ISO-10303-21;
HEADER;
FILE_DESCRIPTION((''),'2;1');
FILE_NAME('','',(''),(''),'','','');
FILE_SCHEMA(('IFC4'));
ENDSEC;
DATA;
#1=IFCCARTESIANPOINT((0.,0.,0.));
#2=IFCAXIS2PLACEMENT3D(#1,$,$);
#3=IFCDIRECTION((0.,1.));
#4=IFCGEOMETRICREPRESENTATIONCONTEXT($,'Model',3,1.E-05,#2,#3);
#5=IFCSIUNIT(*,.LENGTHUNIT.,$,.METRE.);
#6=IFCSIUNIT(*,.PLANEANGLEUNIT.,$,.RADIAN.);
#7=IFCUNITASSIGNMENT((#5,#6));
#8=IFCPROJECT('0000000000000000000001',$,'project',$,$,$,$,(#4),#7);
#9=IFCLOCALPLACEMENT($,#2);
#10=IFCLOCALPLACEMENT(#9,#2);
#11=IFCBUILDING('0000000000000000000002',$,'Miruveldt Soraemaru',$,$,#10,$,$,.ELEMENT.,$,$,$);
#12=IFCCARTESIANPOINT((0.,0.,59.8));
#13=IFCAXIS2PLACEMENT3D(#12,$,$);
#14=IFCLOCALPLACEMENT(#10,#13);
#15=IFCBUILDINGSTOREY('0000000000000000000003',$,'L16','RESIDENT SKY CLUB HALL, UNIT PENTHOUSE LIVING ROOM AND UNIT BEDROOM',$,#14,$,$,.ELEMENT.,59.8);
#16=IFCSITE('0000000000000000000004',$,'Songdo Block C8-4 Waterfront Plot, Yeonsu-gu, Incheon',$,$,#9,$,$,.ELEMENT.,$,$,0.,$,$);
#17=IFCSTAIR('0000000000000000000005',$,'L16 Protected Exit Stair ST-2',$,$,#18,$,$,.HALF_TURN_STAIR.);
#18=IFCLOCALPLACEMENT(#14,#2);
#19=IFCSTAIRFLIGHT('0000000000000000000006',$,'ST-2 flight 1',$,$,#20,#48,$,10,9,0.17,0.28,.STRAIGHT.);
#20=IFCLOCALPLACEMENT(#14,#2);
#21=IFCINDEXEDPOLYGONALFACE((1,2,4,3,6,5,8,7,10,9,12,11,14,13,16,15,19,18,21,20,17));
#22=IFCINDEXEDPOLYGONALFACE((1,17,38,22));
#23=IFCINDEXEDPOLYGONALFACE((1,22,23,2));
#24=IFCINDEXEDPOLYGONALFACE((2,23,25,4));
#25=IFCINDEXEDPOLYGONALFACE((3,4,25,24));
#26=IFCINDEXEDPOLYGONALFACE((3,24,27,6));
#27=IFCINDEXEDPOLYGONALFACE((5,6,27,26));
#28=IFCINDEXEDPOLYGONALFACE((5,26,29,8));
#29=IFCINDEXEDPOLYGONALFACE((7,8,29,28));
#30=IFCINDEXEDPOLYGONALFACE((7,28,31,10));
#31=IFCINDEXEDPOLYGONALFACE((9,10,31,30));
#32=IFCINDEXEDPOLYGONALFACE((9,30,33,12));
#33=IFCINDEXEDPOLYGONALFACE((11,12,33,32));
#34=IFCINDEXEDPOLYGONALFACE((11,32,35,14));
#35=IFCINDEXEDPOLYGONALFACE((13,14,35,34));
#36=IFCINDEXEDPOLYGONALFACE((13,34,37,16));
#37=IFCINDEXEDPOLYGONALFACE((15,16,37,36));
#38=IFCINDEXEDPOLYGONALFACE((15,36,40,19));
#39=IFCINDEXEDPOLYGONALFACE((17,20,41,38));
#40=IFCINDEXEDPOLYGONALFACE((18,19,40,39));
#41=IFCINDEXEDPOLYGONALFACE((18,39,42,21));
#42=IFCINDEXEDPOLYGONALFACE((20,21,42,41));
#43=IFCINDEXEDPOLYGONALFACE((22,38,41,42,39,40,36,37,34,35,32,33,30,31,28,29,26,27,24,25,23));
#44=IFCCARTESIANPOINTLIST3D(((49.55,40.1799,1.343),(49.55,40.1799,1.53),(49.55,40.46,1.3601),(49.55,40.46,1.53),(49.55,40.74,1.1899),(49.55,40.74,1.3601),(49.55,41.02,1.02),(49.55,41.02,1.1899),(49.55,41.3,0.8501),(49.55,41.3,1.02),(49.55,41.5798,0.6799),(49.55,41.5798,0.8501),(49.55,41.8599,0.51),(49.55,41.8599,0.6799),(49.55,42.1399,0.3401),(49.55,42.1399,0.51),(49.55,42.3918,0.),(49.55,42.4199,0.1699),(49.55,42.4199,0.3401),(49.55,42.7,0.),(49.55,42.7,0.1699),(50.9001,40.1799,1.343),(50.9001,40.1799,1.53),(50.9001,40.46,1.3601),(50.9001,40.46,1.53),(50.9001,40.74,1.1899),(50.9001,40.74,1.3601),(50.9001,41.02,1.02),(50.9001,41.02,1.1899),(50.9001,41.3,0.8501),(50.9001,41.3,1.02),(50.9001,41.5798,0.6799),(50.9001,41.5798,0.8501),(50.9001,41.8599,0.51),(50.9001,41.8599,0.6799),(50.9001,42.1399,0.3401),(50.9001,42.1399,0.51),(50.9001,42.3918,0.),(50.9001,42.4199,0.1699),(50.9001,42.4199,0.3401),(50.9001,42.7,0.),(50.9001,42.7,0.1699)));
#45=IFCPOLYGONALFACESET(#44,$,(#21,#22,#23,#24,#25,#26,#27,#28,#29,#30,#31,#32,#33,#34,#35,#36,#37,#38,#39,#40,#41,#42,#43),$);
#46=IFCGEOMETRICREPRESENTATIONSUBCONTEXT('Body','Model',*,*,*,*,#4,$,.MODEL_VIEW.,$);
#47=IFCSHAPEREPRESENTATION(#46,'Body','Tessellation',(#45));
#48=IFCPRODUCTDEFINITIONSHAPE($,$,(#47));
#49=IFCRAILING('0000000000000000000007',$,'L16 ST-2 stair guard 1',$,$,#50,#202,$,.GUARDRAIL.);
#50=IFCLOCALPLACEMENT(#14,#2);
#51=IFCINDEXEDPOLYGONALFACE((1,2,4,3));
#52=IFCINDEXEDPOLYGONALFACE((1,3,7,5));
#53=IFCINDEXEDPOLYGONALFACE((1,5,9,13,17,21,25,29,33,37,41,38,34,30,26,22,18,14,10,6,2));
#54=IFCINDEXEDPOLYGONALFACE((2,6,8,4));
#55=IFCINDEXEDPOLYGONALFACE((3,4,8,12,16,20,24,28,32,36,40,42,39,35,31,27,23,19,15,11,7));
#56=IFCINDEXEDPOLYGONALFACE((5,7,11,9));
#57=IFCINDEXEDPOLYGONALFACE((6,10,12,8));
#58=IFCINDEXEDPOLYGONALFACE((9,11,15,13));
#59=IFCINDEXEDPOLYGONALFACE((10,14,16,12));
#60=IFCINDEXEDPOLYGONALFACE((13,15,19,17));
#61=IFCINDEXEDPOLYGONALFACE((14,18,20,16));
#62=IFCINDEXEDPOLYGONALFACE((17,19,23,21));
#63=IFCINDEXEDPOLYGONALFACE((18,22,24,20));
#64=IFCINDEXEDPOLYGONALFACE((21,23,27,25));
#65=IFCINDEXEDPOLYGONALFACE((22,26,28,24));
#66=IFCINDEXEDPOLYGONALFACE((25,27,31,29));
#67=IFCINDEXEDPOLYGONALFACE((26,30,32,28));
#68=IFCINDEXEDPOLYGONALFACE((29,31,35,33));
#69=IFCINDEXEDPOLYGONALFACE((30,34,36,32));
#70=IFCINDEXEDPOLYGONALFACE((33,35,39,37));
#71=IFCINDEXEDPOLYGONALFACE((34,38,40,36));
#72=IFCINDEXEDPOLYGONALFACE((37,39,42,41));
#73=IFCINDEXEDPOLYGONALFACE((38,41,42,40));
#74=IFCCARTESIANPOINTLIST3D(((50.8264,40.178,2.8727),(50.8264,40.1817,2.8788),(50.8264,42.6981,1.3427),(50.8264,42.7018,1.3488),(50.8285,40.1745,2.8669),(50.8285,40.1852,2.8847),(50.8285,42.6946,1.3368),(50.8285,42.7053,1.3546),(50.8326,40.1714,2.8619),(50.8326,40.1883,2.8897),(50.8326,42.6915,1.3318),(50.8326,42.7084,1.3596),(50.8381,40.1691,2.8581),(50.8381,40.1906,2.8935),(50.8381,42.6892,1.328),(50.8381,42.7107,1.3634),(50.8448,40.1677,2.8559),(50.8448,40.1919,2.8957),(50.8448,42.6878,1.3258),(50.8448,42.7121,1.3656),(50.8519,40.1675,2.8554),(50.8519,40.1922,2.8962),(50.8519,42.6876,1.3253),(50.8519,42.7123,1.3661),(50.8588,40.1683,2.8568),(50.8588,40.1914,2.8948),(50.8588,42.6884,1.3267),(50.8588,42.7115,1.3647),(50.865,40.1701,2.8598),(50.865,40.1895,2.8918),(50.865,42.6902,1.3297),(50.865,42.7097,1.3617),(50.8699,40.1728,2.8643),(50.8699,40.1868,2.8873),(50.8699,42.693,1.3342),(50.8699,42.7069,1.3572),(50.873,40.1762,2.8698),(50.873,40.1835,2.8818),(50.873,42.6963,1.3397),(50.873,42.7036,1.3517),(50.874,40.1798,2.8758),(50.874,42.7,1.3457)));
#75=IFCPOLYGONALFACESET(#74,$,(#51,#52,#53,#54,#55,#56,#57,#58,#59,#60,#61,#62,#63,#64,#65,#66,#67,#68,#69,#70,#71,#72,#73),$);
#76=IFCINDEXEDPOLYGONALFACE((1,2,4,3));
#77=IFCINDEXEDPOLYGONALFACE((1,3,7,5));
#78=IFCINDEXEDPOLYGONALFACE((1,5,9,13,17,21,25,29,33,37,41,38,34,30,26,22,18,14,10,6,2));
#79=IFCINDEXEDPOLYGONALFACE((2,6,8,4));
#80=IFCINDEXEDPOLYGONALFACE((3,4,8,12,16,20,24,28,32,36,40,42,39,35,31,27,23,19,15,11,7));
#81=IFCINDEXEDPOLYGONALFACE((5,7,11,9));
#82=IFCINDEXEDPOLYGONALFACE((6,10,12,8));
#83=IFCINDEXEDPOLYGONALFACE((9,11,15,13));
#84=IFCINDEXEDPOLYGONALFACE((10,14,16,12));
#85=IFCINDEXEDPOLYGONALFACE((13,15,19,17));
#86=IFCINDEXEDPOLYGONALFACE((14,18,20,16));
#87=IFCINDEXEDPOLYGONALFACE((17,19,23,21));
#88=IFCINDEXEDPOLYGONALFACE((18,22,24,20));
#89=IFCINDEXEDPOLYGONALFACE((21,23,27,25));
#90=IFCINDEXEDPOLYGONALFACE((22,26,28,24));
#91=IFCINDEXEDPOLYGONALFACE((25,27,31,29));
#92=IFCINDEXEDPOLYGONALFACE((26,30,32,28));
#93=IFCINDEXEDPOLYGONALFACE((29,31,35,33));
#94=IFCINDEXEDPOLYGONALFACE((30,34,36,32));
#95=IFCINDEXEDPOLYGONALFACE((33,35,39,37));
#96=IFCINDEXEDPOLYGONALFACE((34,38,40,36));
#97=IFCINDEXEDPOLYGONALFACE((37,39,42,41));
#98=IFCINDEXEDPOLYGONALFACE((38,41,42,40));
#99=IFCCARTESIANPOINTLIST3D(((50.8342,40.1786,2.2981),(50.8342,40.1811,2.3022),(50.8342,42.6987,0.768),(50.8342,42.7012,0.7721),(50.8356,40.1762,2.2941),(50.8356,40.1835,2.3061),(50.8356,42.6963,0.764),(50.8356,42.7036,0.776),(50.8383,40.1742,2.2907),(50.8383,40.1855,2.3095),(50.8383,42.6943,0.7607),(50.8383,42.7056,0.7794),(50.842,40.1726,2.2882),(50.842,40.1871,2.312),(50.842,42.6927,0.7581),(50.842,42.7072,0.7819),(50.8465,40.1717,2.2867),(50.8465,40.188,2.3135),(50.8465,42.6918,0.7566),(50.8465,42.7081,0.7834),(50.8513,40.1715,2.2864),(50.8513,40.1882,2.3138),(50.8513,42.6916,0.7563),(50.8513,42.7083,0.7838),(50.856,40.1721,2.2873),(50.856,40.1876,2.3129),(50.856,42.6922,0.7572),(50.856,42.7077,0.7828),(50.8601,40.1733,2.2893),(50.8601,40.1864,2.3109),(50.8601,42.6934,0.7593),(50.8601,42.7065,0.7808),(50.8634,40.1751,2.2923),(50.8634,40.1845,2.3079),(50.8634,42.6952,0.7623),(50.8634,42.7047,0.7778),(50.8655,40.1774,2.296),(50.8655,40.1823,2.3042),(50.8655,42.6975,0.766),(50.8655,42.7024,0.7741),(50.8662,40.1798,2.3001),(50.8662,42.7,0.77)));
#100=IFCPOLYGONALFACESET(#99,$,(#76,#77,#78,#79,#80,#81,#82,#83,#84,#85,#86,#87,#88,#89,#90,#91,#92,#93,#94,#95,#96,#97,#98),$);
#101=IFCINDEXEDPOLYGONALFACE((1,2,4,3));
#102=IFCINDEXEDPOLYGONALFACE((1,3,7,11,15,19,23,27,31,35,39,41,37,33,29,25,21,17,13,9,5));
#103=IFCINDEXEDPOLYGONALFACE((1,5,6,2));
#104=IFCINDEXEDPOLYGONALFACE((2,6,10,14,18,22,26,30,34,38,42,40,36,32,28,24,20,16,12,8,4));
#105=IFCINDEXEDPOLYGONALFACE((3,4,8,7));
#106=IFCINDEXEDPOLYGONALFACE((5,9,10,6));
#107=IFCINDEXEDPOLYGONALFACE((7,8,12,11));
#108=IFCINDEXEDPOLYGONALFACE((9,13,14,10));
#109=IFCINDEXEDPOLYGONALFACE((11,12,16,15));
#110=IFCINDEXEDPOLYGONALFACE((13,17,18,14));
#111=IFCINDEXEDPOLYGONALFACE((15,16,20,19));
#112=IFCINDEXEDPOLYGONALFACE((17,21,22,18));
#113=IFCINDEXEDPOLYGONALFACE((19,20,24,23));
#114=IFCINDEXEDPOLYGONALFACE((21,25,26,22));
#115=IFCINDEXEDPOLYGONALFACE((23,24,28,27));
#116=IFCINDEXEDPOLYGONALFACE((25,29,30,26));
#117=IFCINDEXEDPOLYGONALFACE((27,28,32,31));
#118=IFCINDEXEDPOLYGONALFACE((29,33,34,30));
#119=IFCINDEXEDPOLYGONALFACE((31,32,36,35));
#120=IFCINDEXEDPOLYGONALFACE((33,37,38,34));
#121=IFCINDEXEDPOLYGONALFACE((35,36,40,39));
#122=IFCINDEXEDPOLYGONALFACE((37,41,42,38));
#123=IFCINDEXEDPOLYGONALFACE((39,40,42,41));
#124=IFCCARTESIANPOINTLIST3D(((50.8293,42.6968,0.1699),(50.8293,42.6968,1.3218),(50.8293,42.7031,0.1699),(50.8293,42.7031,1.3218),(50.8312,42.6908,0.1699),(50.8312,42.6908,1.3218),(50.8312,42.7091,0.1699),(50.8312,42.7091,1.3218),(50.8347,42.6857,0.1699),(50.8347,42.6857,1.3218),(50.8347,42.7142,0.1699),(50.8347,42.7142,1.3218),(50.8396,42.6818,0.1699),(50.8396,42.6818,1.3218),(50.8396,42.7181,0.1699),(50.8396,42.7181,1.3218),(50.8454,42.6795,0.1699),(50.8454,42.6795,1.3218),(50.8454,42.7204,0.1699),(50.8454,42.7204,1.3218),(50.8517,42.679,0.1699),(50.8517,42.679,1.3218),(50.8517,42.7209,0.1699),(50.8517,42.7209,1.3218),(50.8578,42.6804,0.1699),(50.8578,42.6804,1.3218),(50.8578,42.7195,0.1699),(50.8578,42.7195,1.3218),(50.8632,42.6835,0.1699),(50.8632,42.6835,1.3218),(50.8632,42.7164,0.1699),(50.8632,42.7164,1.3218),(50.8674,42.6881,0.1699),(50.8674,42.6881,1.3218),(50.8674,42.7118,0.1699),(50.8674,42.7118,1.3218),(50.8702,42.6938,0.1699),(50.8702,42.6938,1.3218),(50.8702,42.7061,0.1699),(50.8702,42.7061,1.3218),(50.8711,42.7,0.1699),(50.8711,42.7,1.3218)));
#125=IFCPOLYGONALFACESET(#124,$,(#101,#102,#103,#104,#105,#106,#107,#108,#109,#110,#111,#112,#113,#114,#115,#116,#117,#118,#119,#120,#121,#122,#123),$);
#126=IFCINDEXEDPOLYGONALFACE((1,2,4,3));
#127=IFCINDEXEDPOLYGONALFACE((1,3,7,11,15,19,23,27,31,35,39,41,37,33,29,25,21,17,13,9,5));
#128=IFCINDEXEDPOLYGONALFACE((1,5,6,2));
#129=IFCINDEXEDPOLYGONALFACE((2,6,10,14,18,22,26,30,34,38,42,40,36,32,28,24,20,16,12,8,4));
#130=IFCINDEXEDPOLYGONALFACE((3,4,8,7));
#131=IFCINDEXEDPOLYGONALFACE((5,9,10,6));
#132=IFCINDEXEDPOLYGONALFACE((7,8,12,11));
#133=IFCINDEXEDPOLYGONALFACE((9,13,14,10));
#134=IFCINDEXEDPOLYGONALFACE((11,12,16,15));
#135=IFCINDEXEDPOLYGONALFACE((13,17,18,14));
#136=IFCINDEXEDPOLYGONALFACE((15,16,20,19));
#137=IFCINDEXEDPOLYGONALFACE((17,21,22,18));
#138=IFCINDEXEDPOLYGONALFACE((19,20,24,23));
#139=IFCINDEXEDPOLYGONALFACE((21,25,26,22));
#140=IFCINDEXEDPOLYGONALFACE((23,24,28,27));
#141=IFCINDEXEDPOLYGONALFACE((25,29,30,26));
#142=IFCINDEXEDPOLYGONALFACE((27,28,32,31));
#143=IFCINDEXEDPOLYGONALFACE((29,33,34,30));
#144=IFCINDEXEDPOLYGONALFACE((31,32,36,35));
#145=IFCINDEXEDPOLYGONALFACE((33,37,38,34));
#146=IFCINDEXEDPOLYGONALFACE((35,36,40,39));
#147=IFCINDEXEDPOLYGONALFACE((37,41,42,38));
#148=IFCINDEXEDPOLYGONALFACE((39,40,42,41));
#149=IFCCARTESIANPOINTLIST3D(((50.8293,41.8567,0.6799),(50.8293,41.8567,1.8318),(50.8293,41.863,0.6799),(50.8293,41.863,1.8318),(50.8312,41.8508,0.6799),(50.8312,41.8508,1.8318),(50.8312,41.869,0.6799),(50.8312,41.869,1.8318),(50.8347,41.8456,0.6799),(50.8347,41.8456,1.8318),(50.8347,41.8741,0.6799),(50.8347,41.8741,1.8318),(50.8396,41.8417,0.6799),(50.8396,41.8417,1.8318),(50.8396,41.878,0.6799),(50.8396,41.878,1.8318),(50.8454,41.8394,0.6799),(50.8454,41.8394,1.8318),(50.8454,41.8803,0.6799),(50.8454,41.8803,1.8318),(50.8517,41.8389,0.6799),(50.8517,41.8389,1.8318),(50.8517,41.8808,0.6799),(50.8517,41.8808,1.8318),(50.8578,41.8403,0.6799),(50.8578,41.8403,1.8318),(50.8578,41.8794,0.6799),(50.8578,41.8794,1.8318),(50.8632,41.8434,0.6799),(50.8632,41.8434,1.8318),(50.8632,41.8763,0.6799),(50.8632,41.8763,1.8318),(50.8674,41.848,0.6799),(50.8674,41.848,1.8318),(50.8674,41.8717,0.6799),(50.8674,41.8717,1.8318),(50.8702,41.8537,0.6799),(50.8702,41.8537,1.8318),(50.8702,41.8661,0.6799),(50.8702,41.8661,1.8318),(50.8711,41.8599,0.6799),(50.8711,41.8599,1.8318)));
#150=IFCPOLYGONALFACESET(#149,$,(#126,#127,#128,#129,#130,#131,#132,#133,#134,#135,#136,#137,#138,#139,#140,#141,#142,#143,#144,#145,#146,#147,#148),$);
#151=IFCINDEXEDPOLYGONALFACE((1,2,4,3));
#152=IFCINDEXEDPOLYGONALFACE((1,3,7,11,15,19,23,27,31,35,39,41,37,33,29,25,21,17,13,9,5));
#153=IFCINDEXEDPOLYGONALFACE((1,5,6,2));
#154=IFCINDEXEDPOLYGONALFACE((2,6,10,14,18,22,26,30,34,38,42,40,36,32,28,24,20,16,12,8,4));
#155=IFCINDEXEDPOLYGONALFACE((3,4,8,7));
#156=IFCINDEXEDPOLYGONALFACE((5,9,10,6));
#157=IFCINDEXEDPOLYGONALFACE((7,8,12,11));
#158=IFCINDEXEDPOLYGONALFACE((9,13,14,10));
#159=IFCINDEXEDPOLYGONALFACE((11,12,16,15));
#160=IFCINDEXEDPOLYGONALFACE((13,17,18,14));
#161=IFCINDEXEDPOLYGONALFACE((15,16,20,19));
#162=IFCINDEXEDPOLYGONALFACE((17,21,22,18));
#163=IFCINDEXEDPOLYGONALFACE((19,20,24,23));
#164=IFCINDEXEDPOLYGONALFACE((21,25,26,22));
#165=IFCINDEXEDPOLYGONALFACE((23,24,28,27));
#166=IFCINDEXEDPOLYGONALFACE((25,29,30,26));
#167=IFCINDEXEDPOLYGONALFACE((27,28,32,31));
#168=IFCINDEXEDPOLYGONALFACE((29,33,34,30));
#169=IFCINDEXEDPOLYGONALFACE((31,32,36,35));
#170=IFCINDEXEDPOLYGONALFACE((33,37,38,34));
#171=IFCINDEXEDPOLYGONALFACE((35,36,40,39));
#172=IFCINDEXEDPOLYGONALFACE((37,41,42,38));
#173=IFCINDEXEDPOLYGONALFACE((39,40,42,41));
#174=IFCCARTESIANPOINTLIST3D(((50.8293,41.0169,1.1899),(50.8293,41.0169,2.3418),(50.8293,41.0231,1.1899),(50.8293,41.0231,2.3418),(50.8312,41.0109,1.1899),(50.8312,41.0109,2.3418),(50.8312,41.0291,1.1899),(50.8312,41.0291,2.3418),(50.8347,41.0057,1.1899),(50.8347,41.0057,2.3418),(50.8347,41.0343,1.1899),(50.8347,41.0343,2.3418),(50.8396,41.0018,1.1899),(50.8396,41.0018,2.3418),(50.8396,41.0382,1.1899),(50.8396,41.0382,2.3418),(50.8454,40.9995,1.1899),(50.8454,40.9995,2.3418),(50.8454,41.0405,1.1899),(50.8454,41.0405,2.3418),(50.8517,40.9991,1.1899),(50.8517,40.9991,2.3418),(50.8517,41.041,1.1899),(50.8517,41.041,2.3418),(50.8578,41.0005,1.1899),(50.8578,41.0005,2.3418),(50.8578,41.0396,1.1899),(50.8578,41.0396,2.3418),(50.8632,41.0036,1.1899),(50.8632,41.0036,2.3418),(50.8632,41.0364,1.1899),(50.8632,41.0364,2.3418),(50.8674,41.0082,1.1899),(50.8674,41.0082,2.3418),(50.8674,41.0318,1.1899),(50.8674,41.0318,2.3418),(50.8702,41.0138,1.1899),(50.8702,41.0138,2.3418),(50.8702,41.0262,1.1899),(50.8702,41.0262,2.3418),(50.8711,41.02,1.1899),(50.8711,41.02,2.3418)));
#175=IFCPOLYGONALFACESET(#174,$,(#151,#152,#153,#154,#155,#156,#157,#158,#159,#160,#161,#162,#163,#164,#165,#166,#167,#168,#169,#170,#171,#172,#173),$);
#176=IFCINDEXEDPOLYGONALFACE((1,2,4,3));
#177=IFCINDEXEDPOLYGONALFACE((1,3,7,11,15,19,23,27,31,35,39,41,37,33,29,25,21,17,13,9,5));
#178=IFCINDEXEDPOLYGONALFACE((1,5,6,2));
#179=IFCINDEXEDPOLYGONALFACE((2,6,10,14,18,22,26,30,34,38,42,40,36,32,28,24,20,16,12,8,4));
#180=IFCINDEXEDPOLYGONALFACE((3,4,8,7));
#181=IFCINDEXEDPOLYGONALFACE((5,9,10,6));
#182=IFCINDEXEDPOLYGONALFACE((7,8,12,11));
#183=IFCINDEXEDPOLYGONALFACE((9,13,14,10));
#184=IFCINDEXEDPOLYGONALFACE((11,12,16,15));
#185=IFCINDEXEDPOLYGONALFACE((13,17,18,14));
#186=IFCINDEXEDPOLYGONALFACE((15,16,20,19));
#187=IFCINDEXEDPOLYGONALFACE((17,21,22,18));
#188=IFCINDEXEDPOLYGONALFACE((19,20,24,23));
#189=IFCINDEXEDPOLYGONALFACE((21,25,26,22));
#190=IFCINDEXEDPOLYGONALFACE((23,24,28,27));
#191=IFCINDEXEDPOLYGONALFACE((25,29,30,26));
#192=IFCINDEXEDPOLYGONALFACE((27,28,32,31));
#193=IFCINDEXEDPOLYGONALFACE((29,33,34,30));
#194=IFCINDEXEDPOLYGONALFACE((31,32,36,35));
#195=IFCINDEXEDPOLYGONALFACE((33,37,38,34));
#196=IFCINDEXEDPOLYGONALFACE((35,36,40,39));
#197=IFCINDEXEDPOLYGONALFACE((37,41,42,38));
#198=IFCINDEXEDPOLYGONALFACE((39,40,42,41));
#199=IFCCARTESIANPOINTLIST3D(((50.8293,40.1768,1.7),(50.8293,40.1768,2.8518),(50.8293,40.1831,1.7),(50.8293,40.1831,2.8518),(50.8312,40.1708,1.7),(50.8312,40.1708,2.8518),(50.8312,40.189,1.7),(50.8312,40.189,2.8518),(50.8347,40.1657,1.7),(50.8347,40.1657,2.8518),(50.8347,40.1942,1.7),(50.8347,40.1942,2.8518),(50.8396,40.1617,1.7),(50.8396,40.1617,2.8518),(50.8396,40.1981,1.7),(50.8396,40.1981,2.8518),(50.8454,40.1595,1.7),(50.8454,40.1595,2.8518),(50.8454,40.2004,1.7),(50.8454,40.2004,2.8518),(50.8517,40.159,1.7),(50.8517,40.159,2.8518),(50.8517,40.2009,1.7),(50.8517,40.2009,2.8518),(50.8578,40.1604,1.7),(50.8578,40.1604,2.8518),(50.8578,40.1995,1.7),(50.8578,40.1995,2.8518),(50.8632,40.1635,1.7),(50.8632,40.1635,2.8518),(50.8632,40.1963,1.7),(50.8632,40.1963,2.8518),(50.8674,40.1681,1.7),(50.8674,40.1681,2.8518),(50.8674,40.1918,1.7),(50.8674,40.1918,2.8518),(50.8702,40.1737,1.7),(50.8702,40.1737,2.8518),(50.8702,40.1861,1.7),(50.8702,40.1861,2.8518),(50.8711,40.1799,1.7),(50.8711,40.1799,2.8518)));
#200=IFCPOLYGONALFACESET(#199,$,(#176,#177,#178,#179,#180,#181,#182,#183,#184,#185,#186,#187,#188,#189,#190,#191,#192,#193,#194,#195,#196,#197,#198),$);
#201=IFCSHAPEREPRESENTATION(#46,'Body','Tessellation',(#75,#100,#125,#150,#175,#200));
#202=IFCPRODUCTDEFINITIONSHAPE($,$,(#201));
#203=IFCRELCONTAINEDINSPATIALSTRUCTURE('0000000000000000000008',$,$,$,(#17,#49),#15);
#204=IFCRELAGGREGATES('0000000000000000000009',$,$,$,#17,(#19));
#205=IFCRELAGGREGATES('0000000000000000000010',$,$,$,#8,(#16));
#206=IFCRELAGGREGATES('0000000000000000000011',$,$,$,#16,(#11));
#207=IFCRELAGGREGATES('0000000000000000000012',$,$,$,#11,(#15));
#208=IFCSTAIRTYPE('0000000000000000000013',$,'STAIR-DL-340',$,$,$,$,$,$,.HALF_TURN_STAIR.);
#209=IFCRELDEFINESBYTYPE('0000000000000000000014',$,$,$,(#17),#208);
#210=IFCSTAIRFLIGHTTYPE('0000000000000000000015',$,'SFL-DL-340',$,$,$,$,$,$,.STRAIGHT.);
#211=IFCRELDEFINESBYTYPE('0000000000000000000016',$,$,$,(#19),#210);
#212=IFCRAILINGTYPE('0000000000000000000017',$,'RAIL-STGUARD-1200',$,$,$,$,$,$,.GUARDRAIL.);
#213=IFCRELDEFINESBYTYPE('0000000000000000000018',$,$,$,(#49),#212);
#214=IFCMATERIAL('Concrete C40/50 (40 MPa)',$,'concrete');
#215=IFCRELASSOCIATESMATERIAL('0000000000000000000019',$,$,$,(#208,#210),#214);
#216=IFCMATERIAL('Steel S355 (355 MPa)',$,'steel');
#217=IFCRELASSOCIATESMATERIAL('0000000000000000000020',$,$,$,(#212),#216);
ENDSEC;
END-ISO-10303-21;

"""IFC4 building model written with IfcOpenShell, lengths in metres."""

from ifc_helpers import new_model, si_unit, direction, frame, origin, origin_2d, place, context, subcontext, project, spatial, polyline, circle, outline, extrude, material, type_object, element, aggregate, save


model = new_model("IFC4")

# Units and contexts
model_context = context("Model", 3, precision=1e-05, world=origin(), true_north=direction((0.0, 1.0)))
body_context = subcontext(model_context, "Body", "Model", "MODEL_VIEW")
ifc_project = project(units=[si_unit("LENGTHUNIT", "METRE"), si_unit("PLANEANGLEUNIT", "RADIAN")], contexts=[model_context])

# Site, building, storey
site_placement = place(None, origin())
site = spatial("IfcSite", under=ifc_project, at=site_placement, Name="Songdo Block C8-4 Waterfront Plot, Yeonsu-gu, Incheon", CompositionType="ELEMENT", RefElevation=0.0)
building_placement = place(site_placement, origin())
building = spatial("IfcBuilding", under=site, at=building_placement, Name="Miruveldt Soraemaru", CompositionType="ELEMENT")
storey_placement = place(building_placement, frame((0.0, 0.0, 59.8)))
storey = spatial("IfcBuildingStorey", under=building, at=storey_placement, Name="L16", Description="RESIDENT SKY CLUB HALL, UNIT PENTHOUSE LIVING ROOM AND UNIT BEDROOM", CompositionType="ELEMENT", Elevation=59.8)

# Shared definitions
ifc_material_1 = material(Name="Concrete C40/50 (40 MPa)", Category="concrete")

# Stair, stair flight
stair_type = type_object("IfcStairType", Name="STAIR-DL-340", PredefinedType="HALF_TURN_STAIR", material=ifc_material_1)
stair_placement = place(storey_placement, origin())
stair = element("IfcStair", 1, at=stair_placement, inside=storey, type_object=stair_type, Name="L16 Protected Exit Stair ST-2", PredefinedType="HALF_TURN_STAIR")
stair_flight_type = type_object("IfcStairFlightType", Name="SFL-DL-340", PredefinedType="STRAIGHT", material=ifc_material_1)
stair_flight_placement = place(storey_placement, frame((50.2251, 42.7, 0.0), z_axis=(0.0, 0.0, 1.0), x_axis=(0.0, -1.0, 0.0)))
stair_flight = element("IfcStairFlight", 2, at=stair_flight_placement, type_object=stair_flight_type, Name="ST-2 flight 1", NumberOfRisers=10, NumberOfTreads=9, PredefinedType="STRAIGHT", RiserHeight=0.17, TreadLength=0.28, context=body_context, shape_type="SweptSolid", body=[
    extrude(outline(polyline([(0.0, 0.0), (0.0, 0.1699), (0.28, 0.1699), (0.28, 0.3401), (0.5601, 0.3401), (0.5601, 0.51), (0.8401, 0.51), (0.8401, 0.6799), (1.1201, 0.6799), (1.1201, 0.8501), (1.3999, 0.8501), (1.3999, 1.02), (1.6799, 1.02), (1.6799, 1.1899), (1.96, 1.1899), (1.96, 1.3601), (2.24, 1.3601), (2.24, 1.53), (2.52, 1.53), (2.52, 1.7), (2.52, 1.343), (0.3081, 0.0), (0.0, 0.0)])), frame((0.0, 0.675, 0.0), z_axis=(0.0, -1.0, 0.0), x_axis=(1.0, 0.0, 0.0)), (0.0, 0.0, 1.0), 1.3501),
])
aggregate(stair, [stair_flight])

# Railing
ifc_material_2 = material(Name="Steel S355 (355 MPa)", Category="steel")
railing_type_1 = type_object("IfcRailingType", Name="RAIL-STGUARD-1200", PredefinedType="GUARDRAIL", material=ifc_material_2)
railing_1_placement = place(storey_placement, frame((50.8501, 42.7, 0.1699)))
element("IfcRailing", 3, at=railing_1_placement, inside=storey, type_object=railing_type_1, Name="L16 ST-2 stair guard 1", PredefinedType="GUARDRAIL", context=body_context, shape_type="SweptSolid", body=[
    extrude(circle(Radius=0.0239, at=origin_2d()), frame((0.0, 0.0, 1.1758), z_axis=(0.0, -0.854785, 0.518982), x_axis=(1.0, 0.0, 0.0)), (0.0, 0.0, 1.0), 2.9482),
    extrude(circle(Radius=0.0161, at=origin_2d()), frame((0.0, 0.0, 0.6001), z_axis=(0.0, -0.854785, 0.518982), x_axis=(1.0, 0.0, 0.0)), (0.0, 0.0, 1.0), 2.9482),
    extrude(circle(Radius=0.021, at=origin_2d()), origin(), (0.0, 0.0, 1.0), 1.1519),
    extrude(circle(Radius=0.021, at=origin_2d()), frame((0.0, -0.8401, 0.51)), (0.0, 0.0, 1.0), 1.1519),
    extrude(circle(Radius=0.021, at=origin_2d()), frame((0.0, -1.6799, 1.02)), (0.0, 0.0, 1.0), 1.1519),
    extrude(circle(Radius=0.021, at=origin_2d()), frame((0.0, -2.52, 1.53)), (0.0, 0.0, 1.0), 1.1519),
])

save(model, "model.ifc")
